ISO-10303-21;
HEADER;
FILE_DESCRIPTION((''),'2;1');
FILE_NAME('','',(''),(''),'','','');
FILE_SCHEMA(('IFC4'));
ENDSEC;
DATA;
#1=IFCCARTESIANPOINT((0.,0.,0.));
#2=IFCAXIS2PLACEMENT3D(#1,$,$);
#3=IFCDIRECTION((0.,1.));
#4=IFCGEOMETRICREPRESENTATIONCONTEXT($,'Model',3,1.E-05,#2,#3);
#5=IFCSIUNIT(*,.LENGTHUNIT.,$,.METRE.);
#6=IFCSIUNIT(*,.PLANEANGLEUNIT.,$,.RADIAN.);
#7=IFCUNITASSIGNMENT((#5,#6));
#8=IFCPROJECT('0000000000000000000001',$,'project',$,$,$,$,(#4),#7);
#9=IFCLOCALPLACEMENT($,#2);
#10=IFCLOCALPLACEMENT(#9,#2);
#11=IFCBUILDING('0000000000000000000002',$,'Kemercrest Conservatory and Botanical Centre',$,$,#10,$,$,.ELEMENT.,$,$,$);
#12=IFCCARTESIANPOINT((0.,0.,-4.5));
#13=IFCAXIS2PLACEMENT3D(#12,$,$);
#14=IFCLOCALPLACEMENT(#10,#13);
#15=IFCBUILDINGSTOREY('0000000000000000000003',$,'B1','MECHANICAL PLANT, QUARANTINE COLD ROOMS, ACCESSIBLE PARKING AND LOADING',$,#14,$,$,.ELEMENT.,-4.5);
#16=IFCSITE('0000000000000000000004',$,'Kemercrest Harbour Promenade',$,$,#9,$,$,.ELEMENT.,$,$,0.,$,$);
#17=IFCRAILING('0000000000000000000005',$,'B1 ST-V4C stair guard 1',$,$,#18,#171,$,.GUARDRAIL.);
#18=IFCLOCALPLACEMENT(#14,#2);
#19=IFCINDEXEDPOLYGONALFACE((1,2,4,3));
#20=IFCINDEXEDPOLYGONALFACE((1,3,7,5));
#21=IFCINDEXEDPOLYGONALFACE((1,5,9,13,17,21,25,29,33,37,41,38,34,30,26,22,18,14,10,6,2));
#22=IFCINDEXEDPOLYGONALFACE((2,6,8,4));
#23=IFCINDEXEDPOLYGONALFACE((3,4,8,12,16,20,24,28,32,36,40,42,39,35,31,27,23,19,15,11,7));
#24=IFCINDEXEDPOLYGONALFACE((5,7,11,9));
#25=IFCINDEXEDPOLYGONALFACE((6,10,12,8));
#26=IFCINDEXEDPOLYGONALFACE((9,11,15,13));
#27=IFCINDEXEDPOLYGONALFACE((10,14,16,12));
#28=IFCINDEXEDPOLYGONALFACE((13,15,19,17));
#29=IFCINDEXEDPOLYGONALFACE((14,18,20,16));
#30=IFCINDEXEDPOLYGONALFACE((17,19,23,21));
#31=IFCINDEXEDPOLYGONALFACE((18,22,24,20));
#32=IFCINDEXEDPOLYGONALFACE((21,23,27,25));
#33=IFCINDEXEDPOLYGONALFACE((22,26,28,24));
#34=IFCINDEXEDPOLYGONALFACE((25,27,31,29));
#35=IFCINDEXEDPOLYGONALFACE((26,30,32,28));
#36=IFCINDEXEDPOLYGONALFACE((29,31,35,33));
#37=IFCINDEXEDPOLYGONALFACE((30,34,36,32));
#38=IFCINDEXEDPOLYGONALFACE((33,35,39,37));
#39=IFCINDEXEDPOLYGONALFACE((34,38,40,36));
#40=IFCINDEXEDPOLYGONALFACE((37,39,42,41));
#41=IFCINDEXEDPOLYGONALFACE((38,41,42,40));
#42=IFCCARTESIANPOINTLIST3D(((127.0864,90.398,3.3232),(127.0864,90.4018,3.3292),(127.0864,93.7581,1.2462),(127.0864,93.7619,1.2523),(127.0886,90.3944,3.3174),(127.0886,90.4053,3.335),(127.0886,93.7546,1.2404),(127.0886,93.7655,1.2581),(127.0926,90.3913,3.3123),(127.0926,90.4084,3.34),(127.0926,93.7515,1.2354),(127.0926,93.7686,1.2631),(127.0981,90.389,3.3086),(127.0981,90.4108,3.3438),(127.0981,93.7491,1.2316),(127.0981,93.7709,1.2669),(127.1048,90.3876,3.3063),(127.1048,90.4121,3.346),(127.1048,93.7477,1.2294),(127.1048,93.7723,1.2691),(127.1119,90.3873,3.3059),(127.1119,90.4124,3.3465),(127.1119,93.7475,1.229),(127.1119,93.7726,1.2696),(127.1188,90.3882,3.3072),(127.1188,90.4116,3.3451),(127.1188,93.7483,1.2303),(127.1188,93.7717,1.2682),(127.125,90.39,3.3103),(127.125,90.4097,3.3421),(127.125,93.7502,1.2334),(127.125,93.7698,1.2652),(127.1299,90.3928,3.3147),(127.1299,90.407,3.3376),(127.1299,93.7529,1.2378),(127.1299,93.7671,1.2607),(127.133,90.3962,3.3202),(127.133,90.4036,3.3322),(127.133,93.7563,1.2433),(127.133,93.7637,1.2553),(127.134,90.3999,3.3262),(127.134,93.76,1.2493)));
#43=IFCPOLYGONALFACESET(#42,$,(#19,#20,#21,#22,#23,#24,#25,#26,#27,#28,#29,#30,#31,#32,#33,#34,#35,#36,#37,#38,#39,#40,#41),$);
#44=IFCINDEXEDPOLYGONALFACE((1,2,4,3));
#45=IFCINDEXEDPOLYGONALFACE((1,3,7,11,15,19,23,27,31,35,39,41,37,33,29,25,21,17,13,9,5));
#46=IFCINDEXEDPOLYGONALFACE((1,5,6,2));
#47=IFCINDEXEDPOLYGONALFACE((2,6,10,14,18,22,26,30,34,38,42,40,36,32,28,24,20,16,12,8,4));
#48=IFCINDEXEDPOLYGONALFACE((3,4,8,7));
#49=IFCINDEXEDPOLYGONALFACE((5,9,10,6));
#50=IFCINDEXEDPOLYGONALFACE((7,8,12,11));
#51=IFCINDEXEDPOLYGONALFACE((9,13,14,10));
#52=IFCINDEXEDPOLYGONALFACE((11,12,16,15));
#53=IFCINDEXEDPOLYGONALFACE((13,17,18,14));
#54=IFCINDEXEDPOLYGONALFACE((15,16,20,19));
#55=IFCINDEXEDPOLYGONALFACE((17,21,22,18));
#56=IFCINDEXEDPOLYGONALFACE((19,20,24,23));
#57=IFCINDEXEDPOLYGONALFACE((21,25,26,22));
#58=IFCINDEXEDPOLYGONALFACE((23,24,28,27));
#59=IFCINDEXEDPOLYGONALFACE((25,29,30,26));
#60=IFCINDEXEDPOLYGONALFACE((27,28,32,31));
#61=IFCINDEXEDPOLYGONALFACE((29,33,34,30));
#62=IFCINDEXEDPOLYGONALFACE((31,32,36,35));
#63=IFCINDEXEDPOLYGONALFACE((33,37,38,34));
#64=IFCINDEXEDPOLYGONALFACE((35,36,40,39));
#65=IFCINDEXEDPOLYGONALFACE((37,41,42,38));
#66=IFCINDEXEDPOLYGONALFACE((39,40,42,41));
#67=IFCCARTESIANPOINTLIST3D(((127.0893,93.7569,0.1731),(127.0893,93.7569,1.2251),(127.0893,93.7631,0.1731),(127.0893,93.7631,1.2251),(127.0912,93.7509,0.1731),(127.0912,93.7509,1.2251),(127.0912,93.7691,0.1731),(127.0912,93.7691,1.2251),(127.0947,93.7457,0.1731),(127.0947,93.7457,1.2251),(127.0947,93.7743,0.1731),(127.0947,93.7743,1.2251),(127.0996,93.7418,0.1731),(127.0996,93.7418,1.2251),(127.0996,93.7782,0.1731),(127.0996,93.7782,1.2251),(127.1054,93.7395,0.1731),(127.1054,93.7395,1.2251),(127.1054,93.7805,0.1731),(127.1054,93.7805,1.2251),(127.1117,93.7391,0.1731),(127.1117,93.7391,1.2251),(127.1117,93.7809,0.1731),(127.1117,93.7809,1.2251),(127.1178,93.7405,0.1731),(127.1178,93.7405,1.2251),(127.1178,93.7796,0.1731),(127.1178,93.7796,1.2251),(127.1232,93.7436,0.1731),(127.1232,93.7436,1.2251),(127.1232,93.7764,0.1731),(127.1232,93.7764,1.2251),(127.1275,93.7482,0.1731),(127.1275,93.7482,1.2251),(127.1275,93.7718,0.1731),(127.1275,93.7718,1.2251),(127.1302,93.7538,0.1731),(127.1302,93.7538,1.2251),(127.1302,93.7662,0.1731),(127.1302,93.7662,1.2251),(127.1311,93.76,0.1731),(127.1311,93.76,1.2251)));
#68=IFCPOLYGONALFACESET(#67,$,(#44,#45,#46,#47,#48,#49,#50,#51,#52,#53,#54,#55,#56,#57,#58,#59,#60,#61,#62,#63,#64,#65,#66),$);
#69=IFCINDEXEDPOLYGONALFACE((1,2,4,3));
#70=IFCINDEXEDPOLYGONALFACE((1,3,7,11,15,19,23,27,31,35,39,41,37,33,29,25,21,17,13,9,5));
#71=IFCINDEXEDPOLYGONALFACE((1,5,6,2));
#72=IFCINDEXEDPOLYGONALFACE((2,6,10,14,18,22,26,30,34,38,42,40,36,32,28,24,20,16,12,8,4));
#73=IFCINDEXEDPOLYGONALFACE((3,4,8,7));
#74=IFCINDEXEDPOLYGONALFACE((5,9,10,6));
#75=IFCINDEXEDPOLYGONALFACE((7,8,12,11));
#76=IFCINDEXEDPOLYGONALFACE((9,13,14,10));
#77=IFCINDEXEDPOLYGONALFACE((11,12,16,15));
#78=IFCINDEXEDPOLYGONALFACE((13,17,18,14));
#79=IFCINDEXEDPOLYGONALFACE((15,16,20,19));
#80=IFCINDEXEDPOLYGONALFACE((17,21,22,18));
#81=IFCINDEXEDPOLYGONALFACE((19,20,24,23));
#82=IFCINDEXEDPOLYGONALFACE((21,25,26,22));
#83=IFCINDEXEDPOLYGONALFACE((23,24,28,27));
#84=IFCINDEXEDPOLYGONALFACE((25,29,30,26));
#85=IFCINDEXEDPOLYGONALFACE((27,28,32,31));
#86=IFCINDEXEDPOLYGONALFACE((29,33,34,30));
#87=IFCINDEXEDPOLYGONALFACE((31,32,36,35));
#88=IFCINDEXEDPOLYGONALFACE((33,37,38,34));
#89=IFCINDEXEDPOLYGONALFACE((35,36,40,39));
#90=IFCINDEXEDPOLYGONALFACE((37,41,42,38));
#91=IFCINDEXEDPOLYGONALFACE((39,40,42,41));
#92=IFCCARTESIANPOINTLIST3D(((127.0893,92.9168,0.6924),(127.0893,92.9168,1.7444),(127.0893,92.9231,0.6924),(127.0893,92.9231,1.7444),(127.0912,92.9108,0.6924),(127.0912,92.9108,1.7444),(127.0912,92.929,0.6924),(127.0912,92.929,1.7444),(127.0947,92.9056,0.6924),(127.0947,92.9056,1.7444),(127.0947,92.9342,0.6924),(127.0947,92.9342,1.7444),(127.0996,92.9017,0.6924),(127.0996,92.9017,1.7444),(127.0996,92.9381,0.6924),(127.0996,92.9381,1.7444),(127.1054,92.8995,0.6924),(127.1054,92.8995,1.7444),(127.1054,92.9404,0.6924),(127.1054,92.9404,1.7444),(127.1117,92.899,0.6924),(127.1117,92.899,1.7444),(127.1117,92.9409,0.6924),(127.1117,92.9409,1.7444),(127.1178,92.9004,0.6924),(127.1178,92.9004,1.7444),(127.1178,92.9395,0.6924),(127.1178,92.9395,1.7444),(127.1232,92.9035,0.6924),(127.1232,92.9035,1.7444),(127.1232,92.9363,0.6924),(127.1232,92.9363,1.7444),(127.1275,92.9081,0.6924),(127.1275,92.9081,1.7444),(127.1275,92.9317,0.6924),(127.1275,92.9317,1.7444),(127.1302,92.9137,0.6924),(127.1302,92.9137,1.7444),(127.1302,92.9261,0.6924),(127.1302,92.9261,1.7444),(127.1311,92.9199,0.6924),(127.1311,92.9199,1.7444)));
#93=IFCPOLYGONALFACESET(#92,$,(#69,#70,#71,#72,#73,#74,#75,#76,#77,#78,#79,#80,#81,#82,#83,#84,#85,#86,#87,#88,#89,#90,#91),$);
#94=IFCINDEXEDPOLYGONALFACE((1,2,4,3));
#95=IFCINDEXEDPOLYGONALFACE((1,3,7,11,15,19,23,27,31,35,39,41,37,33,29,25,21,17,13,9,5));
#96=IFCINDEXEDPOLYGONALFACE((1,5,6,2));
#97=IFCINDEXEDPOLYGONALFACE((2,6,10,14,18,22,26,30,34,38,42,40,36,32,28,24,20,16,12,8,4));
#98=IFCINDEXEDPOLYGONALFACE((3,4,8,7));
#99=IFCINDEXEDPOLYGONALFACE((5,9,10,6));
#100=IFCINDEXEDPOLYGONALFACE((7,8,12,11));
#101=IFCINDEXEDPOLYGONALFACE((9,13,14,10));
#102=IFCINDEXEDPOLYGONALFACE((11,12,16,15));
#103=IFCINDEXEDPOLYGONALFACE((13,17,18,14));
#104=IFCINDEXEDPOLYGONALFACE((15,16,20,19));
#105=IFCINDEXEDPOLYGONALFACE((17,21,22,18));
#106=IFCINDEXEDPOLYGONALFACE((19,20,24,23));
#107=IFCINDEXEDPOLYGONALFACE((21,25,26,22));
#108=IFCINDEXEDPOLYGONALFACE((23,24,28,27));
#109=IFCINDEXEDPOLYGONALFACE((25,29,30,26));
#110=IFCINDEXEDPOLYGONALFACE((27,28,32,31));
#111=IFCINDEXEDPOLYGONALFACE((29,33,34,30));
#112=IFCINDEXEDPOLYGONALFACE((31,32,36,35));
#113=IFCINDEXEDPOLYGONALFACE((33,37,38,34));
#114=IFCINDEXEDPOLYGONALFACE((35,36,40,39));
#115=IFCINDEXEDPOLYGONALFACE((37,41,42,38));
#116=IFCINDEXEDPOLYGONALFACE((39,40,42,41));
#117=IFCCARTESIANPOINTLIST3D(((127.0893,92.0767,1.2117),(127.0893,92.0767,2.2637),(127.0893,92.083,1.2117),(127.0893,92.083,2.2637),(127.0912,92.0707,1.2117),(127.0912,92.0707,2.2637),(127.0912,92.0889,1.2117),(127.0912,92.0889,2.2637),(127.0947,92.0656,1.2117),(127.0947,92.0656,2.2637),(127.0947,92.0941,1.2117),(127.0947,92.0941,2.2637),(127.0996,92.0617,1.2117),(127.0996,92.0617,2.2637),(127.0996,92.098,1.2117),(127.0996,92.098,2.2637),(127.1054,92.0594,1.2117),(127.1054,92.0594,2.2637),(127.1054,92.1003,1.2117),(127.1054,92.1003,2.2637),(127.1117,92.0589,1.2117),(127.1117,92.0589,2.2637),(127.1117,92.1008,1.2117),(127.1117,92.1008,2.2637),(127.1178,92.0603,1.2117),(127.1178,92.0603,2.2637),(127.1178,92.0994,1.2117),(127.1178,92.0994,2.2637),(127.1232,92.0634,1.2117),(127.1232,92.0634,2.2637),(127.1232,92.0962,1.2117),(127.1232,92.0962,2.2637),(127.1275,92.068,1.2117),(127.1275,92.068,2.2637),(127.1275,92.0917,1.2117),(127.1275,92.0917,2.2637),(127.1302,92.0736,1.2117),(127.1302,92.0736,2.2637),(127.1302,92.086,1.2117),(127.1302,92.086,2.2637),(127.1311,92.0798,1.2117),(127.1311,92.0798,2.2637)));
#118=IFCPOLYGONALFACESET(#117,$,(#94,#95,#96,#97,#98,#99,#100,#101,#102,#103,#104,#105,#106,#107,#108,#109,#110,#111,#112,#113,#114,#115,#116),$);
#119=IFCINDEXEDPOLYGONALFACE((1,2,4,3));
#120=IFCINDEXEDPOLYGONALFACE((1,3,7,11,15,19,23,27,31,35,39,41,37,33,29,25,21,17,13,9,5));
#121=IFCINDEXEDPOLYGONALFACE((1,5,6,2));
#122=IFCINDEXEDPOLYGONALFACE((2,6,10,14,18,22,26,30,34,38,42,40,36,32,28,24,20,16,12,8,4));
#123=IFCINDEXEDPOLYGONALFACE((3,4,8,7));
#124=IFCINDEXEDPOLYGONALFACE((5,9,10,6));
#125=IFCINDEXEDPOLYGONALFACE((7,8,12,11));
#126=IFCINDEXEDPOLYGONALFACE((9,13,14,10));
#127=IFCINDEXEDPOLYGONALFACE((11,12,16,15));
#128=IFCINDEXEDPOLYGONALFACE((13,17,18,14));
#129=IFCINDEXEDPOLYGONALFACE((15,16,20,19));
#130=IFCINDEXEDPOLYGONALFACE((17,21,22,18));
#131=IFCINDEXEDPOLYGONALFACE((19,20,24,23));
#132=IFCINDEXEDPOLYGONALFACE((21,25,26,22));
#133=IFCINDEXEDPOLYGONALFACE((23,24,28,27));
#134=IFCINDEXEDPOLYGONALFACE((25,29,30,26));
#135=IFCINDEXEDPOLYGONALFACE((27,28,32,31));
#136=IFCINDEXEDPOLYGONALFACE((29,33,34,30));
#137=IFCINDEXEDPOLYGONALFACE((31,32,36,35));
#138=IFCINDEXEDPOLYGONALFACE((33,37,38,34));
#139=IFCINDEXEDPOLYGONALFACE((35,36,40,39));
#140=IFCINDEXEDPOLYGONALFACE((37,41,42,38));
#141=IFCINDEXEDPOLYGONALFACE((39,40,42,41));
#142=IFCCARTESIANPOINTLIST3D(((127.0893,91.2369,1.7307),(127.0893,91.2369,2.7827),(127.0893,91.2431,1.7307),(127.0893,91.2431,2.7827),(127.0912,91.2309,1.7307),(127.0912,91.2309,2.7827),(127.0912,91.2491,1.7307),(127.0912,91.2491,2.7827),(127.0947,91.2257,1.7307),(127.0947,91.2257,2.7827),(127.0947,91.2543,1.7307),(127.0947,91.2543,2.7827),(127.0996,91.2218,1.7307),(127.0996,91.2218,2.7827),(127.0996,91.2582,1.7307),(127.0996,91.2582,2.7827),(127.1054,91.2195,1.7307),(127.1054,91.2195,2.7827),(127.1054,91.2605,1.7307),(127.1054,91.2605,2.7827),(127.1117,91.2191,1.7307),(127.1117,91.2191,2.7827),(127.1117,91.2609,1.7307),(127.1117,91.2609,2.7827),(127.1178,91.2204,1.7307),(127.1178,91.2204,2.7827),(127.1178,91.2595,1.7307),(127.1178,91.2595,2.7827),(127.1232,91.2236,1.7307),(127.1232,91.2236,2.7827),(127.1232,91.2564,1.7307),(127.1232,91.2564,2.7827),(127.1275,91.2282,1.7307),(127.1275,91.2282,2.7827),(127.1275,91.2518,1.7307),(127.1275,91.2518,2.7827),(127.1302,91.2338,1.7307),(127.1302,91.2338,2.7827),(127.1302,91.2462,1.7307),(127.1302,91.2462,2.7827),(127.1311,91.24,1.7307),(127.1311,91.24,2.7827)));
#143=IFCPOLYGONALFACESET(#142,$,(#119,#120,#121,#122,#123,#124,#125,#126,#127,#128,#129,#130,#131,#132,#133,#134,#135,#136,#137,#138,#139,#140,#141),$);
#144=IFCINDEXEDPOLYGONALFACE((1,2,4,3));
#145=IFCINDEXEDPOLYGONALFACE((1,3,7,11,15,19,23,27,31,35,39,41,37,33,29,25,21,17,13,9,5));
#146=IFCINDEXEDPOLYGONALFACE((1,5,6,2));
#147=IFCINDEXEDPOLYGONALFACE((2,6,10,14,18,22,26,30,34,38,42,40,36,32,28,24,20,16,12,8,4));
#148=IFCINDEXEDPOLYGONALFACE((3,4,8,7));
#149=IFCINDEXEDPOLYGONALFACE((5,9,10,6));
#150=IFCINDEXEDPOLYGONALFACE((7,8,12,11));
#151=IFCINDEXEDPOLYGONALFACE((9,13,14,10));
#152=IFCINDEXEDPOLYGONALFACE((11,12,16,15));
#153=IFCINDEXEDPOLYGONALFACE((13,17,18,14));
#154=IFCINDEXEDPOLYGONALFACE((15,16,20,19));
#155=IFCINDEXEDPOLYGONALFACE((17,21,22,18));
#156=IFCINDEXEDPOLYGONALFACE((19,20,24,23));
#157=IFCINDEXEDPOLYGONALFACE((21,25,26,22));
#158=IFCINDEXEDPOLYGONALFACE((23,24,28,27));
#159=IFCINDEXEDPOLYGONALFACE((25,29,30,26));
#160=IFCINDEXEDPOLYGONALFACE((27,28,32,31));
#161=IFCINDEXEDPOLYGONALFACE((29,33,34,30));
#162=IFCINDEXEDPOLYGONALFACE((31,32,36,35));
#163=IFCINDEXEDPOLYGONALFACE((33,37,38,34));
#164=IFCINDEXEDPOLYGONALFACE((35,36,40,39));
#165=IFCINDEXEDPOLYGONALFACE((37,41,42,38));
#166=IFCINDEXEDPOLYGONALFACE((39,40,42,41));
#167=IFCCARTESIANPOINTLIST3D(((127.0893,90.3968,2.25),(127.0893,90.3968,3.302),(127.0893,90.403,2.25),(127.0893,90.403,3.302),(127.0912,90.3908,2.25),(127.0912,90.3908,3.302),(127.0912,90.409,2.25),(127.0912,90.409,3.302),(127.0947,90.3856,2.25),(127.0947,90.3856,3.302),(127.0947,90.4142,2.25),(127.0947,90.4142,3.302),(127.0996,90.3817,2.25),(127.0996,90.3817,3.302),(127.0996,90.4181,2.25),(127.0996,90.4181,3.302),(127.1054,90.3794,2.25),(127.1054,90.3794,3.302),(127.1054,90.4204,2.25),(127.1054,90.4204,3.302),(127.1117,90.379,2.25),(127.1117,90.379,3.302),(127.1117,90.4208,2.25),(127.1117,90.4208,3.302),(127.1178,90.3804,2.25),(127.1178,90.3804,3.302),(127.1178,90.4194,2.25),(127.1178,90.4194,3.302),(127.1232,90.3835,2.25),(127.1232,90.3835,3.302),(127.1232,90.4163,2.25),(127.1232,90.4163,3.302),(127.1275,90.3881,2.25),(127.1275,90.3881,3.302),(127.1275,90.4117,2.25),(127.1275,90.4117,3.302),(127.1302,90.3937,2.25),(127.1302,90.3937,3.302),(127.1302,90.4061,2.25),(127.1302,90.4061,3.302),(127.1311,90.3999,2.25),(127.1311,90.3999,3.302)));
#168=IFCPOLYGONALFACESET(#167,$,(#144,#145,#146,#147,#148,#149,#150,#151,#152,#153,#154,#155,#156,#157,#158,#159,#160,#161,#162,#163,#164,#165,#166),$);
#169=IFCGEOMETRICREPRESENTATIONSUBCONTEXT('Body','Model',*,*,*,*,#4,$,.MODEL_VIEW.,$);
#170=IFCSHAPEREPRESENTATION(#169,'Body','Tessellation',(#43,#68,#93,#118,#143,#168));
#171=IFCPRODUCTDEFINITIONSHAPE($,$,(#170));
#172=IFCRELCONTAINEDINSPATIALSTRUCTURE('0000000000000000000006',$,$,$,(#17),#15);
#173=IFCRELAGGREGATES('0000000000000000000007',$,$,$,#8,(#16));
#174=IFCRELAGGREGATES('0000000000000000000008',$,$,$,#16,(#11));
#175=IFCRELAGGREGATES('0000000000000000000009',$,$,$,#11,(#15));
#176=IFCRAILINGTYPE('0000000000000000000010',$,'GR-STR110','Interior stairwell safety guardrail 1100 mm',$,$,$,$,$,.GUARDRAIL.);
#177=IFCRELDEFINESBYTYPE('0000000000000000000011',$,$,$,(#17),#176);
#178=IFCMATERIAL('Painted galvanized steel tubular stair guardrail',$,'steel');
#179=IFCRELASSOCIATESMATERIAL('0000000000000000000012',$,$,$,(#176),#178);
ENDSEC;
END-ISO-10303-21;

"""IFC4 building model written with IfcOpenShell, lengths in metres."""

from ifc_helpers import new_model, si_unit, direction, frame, origin, origin_2d, place, context, subcontext, project, spatial, circle, extrude, material, type_object, element, save


model = new_model("IFC4")

# Units and contexts
model_context = context("Model", 3, precision=1e-05, world=origin(), true_north=direction((0.0, 1.0)))
body_context = subcontext(model_context, "Body", "Model", "MODEL_VIEW")
ifc_project = project(units=[si_unit("LENGTHUNIT", "METRE"), si_unit("PLANEANGLEUNIT", "RADIAN")], contexts=[model_context])

# Site, building, storey
site_placement = place(None, origin())
site = spatial("IfcSite", under=ifc_project, at=site_placement, Name="Kemercrest Harbour Promenade", CompositionType="ELEMENT", RefElevation=0.0)
building_placement = place(site_placement, origin())
building = spatial("IfcBuilding", under=site, at=building_placement, Name="Kemercrest Conservatory and Botanical Centre", CompositionType="ELEMENT")
storey_placement = place(building_placement, frame((0.0, 0.0, -4.5)))
storey = spatial("IfcBuildingStorey", under=building, at=storey_placement, Name="B1", Description="MECHANICAL PLANT, QUARANTINE COLD ROOMS, ACCESSIBLE PARKING AND LOADING", CompositionType="ELEMENT", Elevation=-4.5)

# Railing
ifc_material_1 = material(Name="Painted galvanized steel tubular stair guardrail", Category="steel")
railing_type_1 = type_object("IfcRailingType", Name="GR-STR110", Description="Interior stairwell safety guardrail 1100 mm", PredefinedType="GUARDRAIL", material=ifc_material_1)
railing_1_placement = place(storey_placement, frame((127.1101, 93.76, 0.1731)))
element("IfcRailing", 1, at=railing_1_placement, inside=storey, type_object=railing_type_1, Name="B1 ST-V4C stair guard 1", PredefinedType="GUARDRAIL", context=body_context, shape_type="SweptSolid", body=[
    extrude(circle(Radius=0.0239, at=origin_2d()), frame((0.0, 0.0, 1.0762), z_axis=(0.0, -0.850623, 0.525776), x_axis=(1.0, 0.0, 0.0)), (0.0, 0.0, 1.0), 3.9502),
    extrude(circle(Radius=0.021, at=origin_2d()), origin(), (0.0, 0.0, 1.0), 1.052),
    extrude(circle(Radius=0.021, at=origin_2d()), frame((0.0, -0.8401, 0.5193)), (0.0, 0.0, 1.0), 1.052),
    extrude(circle(Radius=0.021, at=origin_2d()), frame((0.0, -1.6802, 1.0386)), (0.0, 0.0, 1.0), 1.052),
    extrude(circle(Radius=0.021, at=origin_2d()), frame((0.0, -2.52, 1.5576)), (0.0, 0.0, 1.0), 1.052),
    extrude(circle(Radius=0.021, at=origin_2d()), frame((0.0, -3.3601, 2.0769)), (0.0, 0.0, 1.0), 1.052),
])

save(model, "model.ifc")
